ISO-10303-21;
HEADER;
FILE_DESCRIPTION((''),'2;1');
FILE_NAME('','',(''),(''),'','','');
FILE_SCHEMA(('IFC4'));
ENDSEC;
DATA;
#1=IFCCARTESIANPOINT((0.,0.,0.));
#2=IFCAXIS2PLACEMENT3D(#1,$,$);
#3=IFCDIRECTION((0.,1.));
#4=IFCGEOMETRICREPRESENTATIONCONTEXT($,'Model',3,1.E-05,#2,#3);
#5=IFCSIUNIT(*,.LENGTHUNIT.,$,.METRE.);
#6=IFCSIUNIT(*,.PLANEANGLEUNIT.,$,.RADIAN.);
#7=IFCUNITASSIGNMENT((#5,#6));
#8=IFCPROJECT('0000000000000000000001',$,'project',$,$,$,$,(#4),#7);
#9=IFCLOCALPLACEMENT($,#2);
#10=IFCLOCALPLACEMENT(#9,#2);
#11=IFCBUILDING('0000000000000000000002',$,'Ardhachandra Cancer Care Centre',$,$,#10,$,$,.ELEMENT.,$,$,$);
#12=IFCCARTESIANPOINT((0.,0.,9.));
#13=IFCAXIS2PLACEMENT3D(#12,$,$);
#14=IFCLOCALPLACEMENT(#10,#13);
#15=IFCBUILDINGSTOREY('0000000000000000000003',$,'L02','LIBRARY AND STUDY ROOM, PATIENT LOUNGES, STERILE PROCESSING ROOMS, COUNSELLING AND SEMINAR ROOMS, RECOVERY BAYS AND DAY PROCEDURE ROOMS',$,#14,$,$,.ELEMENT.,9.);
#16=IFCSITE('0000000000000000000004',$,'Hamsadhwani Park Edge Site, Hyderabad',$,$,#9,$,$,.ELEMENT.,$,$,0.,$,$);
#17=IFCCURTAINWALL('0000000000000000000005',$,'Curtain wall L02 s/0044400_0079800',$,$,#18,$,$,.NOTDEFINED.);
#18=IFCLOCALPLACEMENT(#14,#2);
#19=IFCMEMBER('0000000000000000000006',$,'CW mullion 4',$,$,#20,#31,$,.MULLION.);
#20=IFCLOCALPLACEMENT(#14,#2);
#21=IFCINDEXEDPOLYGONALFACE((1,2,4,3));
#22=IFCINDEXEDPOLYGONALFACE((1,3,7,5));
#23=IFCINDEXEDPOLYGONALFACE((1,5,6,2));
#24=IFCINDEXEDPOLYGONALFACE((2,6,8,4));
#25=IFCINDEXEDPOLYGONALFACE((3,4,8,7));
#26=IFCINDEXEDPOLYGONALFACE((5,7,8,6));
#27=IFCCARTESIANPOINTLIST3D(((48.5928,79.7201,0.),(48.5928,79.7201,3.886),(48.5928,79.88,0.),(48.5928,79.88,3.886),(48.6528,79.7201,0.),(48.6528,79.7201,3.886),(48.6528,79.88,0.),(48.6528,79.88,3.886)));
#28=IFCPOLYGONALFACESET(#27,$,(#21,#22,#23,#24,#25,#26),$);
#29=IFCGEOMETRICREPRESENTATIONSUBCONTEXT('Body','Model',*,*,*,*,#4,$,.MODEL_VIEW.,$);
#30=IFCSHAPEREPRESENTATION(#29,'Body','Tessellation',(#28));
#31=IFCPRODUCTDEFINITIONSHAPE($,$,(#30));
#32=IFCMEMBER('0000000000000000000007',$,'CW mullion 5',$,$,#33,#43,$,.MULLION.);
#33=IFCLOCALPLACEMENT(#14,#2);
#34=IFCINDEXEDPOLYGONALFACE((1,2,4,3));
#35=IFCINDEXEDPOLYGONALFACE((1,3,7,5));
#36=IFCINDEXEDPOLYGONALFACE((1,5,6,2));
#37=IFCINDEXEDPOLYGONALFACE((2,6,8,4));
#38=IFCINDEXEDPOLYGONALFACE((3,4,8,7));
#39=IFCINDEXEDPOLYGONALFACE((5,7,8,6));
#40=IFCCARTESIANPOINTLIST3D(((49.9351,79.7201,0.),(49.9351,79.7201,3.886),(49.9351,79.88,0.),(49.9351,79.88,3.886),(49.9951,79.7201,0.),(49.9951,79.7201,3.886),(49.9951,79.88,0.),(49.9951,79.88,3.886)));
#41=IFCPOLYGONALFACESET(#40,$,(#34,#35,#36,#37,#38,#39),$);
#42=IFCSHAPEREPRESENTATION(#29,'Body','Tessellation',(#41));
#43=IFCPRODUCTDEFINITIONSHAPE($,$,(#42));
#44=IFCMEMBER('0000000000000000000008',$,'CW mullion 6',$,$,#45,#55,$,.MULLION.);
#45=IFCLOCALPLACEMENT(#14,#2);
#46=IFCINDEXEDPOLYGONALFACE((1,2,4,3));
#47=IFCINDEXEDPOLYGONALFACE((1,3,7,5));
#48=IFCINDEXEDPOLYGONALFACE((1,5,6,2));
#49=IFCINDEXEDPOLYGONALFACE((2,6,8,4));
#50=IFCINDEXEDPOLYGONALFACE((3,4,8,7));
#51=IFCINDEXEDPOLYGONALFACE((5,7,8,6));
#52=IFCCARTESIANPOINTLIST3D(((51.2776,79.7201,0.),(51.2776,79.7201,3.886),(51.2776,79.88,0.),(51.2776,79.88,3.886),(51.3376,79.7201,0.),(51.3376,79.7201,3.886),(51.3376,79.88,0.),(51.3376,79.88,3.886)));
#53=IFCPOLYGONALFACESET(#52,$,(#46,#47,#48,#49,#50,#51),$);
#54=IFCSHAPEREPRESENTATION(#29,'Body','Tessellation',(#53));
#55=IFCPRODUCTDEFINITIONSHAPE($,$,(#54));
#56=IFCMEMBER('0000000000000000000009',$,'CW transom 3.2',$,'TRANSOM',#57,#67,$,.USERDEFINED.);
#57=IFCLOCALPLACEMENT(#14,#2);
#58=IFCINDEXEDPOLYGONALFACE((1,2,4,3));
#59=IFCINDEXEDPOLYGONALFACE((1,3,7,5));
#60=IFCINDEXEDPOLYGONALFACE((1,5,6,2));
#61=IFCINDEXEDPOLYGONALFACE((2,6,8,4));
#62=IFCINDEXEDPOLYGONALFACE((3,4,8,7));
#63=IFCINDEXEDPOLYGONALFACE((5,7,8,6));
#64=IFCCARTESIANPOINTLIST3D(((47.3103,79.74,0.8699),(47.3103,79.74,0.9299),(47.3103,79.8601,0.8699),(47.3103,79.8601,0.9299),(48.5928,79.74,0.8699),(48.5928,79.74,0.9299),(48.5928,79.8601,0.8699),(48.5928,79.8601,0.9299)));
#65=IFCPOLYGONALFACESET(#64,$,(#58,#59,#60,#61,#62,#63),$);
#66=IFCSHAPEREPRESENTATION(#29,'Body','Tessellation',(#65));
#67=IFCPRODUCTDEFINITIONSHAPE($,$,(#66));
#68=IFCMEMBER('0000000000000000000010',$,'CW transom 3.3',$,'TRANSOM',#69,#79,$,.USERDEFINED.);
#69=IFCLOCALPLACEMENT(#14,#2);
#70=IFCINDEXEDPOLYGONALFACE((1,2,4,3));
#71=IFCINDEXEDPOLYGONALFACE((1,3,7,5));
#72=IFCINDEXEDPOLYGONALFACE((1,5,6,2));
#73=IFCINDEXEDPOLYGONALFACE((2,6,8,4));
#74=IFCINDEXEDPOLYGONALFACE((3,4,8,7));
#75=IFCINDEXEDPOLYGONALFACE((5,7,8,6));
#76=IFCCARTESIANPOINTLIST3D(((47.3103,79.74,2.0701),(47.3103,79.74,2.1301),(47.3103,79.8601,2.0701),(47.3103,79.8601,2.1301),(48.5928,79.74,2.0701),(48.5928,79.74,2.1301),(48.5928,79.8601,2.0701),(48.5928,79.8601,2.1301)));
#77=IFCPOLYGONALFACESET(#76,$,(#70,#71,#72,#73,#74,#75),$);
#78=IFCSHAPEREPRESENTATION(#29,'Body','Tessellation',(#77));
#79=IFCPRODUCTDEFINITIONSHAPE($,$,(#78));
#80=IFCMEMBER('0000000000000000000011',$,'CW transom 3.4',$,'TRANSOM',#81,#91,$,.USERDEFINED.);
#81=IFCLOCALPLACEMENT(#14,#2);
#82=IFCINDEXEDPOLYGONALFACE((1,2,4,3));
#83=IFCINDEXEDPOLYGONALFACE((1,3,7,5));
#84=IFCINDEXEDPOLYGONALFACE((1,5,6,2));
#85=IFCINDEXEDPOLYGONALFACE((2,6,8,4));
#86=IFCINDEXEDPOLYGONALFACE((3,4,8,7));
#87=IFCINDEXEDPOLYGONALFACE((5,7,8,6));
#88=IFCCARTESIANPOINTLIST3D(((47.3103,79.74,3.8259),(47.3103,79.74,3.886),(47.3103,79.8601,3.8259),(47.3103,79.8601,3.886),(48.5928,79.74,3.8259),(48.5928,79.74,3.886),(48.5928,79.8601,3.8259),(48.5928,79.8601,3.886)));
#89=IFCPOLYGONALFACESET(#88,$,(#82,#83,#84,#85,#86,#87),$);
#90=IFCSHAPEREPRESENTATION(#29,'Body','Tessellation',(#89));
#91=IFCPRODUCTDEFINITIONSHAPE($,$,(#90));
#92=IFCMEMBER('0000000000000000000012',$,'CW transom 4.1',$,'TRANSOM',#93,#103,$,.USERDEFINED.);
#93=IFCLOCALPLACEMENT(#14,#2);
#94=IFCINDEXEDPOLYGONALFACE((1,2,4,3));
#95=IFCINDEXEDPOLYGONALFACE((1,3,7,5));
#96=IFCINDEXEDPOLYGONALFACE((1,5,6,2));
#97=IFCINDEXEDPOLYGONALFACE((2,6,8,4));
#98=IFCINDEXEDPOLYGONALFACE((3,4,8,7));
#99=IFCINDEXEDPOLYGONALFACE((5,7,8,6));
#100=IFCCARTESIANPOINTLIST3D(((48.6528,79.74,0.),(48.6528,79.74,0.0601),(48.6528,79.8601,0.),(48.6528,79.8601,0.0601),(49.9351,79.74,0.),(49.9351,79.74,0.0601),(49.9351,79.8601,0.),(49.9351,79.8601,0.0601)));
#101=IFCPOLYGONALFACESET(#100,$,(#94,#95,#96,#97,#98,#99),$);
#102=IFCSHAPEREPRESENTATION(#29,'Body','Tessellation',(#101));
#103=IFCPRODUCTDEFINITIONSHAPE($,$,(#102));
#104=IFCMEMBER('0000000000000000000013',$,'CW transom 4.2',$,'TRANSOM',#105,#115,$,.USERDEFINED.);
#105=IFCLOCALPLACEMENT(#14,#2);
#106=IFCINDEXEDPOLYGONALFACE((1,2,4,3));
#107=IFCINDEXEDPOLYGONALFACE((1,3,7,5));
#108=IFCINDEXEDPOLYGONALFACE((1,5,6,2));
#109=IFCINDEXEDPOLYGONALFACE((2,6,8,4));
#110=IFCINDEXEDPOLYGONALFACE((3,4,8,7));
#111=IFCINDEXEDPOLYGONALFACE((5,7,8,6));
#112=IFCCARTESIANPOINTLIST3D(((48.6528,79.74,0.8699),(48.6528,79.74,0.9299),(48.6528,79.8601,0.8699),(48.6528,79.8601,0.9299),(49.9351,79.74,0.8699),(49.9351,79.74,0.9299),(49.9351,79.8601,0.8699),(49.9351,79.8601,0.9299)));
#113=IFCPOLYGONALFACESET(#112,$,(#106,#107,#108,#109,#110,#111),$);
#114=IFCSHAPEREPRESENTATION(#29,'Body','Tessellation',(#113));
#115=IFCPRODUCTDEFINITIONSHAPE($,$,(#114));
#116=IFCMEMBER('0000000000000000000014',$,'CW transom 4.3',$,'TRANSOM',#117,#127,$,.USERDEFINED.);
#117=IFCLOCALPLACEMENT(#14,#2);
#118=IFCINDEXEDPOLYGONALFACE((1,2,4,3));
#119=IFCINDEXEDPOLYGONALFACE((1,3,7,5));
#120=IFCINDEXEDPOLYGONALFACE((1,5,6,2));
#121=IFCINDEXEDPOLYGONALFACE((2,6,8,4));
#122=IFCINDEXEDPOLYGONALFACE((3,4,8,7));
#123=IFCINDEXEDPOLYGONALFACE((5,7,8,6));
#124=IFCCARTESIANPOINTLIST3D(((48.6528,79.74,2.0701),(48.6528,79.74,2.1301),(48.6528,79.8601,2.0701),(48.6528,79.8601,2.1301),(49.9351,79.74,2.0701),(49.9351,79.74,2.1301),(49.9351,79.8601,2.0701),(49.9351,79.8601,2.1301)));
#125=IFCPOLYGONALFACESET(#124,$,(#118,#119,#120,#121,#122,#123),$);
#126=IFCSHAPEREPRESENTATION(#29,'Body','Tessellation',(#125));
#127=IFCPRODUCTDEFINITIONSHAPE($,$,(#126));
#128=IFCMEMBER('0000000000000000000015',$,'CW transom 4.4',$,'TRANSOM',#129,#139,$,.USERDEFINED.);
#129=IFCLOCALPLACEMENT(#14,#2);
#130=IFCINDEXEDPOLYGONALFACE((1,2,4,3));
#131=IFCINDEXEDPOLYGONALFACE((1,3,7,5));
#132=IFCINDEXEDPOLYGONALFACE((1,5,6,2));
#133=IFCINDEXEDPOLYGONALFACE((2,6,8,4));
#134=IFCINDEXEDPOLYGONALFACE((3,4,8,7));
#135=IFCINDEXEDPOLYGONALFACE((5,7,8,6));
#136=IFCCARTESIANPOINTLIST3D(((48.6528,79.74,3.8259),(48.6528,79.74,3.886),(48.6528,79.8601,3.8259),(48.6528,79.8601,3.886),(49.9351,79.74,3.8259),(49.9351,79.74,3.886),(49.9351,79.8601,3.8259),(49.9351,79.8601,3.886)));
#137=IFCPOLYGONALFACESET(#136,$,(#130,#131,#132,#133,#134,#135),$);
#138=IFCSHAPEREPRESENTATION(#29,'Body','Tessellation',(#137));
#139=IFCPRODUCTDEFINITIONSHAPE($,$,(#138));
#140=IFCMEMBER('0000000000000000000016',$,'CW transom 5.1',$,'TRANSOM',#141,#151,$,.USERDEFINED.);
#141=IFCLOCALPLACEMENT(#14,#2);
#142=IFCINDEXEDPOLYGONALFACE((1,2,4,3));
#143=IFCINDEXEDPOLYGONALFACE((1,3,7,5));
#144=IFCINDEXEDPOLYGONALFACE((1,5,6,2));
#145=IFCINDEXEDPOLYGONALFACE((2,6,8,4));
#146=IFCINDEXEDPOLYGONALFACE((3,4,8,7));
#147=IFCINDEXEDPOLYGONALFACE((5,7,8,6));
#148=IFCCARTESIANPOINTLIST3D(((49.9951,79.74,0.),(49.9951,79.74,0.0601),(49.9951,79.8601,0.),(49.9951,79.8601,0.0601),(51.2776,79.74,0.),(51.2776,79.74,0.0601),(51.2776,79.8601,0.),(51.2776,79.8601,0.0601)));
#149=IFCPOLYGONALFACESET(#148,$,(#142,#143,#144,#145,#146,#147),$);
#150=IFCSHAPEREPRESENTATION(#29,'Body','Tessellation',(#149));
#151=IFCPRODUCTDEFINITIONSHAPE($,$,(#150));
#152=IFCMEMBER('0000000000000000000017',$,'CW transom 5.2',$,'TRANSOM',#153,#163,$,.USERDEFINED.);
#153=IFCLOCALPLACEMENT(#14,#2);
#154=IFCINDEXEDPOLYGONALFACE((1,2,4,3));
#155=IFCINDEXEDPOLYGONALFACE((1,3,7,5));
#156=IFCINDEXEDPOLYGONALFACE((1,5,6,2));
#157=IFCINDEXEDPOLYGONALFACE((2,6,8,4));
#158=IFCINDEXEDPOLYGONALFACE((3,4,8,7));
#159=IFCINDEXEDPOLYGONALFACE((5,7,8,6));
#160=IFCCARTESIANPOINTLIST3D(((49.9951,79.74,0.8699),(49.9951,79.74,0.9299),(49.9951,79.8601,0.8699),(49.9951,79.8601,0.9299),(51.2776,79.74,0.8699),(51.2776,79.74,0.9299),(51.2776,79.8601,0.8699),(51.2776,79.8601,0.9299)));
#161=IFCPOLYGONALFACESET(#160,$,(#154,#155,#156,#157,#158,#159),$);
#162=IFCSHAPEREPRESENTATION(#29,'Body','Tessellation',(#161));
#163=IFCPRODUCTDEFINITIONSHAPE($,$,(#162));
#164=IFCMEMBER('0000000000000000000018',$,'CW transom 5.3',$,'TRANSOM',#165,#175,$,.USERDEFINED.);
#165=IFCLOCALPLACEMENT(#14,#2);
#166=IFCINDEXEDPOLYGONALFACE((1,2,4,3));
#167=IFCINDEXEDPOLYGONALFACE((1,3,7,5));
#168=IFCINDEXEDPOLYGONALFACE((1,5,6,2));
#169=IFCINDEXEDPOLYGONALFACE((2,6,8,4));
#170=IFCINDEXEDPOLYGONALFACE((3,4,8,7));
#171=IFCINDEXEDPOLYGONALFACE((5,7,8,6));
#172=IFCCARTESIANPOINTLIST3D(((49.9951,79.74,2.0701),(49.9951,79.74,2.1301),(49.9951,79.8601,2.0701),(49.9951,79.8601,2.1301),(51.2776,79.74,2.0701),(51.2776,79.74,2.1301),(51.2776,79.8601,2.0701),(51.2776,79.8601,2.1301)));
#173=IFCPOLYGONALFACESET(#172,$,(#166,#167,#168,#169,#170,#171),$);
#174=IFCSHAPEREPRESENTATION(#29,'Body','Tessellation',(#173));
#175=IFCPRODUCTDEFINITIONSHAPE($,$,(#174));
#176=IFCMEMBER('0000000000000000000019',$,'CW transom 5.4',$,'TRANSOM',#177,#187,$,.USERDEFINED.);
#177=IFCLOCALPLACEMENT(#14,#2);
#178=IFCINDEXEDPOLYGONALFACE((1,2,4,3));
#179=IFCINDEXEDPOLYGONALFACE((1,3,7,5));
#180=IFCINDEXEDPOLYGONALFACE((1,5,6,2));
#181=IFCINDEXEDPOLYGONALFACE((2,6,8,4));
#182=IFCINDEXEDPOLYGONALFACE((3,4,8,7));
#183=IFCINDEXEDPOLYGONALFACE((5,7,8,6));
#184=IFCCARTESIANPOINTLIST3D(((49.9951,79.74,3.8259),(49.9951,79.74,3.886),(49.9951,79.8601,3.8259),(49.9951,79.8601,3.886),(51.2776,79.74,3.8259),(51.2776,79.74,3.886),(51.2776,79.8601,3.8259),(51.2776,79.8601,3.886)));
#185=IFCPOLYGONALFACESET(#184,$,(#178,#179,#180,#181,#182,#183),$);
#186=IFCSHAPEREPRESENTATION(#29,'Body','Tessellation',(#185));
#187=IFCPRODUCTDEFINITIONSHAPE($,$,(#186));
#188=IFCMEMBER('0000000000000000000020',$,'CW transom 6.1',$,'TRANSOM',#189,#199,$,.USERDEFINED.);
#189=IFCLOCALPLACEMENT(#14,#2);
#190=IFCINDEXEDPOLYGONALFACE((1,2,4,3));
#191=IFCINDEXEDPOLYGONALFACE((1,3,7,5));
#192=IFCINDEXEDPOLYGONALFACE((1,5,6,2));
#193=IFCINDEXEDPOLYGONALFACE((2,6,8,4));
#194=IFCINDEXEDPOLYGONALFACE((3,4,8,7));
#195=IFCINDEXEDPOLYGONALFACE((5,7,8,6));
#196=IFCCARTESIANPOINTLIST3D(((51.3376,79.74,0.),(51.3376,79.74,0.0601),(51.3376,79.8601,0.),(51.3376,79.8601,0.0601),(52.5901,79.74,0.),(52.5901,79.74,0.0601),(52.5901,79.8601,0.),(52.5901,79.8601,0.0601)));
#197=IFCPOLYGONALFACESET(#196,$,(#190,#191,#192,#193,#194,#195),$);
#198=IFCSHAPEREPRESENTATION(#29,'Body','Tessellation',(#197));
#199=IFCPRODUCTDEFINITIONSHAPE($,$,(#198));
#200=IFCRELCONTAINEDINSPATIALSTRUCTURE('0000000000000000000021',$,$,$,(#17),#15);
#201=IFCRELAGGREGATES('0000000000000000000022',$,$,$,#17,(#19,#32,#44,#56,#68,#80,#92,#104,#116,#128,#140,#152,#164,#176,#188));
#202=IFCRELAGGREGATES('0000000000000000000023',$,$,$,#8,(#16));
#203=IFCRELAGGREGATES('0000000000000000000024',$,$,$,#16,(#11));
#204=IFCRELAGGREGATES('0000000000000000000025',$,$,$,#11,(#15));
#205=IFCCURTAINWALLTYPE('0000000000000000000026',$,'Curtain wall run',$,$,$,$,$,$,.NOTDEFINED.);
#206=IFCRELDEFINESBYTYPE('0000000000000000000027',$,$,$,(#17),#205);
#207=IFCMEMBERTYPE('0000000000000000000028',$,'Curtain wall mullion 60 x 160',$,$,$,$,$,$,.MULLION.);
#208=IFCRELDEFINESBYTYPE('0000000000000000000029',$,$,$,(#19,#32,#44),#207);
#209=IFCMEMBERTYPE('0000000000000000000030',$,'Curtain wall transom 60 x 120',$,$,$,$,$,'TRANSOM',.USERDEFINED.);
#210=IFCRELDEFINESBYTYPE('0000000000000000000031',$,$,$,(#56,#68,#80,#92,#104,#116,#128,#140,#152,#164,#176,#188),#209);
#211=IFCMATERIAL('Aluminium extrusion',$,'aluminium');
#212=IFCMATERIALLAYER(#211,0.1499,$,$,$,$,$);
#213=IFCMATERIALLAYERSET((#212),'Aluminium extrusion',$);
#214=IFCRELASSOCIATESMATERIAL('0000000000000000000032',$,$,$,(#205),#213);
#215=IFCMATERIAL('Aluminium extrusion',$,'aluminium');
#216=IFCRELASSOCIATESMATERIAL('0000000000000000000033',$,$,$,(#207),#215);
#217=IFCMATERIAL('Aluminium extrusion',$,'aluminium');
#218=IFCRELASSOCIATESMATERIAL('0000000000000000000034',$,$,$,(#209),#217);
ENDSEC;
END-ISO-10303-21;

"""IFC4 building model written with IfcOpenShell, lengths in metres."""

from ifc_helpers import new_model, si_unit, direction, frame, origin, origin_2d, place, context, subcontext, project, spatial, rectangle, extrude, material, layer, layer_set, material_profile, profile_set, type_object, element, aggregate, save


model = new_model("IFC4")

# Units and contexts
model_context = context("Model", 3, precision=1e-05, world=origin(), true_north=direction((0.0, 1.0)))
body_context = subcontext(model_context, "Body", "Model", "MODEL_VIEW")
ifc_project = project(units=[si_unit("LENGTHUNIT", "METRE"), si_unit("PLANEANGLEUNIT", "RADIAN")], contexts=[model_context])

# Site, building, storey
site_placement = place(None, origin())
site = spatial("IfcSite", under=ifc_project, at=site_placement, Name="Hamsadhwani Park Edge Site, Hyderabad", CompositionType="ELEMENT", RefElevation=0.0)
building_placement = place(site_placement, origin())
building = spatial("IfcBuilding", under=site, at=building_placement, Name="Ardhachandra Cancer Care Centre", CompositionType="ELEMENT")
storey_placement = place(building_placement, frame((0.0, 0.0, 9.0)))
storey = spatial("IfcBuildingStorey", under=building, at=storey_placement, Name="L02", Description="LIBRARY AND STUDY ROOM, PATIENT LOUNGES, STERILE PROCESSING ROOMS, COUNSELLING AND SEMINAR ROOMS, RECOVERY BAYS AND DAY PROCEDURE ROOMS", CompositionType="ELEMENT", Elevation=9.0)

# Curtain wall, members
ifc_material_1 = material(Name="Aluminium extrusion", Category="aluminium")
ifc_layer_1 = layer(ifc_material_1, 0.1499)
ifc_layer_set_1 = layer_set([ifc_layer_1], Name="Aluminium extrusion")
curtain_wall_type = type_object("IfcCurtainWallType", Name="Curtain wall run", PredefinedType="NOTDEFINED", material=ifc_layer_set_1)
curtain_wall_placement = place(storey_placement, origin())
curtain_wall = element("IfcCurtainWall", 1, at=curtain_wall_placement, inside=storey, type_object=curtain_wall_type, Name="Curtain wall L02 s/0044400_0079800", PredefinedType="NOTDEFINED")
ifc_material_2 = material(Name="Aluminium extrusion", Category="aluminium")
ifc_material_profile_1 = material_profile(ifc_material_2, rectangle(XDim=0.1599, YDim=0.0601, at=origin_2d()), Name="Curtain wall mullion 60 x 160")
ifc_profile_set_1 = profile_set([ifc_material_profile_1], Name="Aluminium extrusion")
member_type_1 = type_object("IfcMemberType", Name="Curtain wall mullion 60 x 160", PredefinedType="MULLION", material=ifc_profile_set_1)
member_1_placement = place(storey_placement, frame((48.6228, 79.8, 0.0), z_axis=(0.0, 0.0, 1.0), x_axis=(0.0, 1.0, 0.0)))
member_1 = element("IfcMember", 2, at=member_1_placement, type_object=member_type_1, Name="CW mullion 4", PredefinedType="MULLION", context=body_context, shape_type="SweptSolid", body=[
    extrude(rectangle(XDim=0.1599, YDim=0.0601, at=origin_2d()), origin(), (0.0, 0.0, 1.0), 3.886),
])
member_2_placement = place(storey_placement, frame((49.9651, 79.8, 0.0), z_axis=(0.0, 0.0, 1.0), x_axis=(0.0, 1.0, 0.0)))
member_2 = element("IfcMember", 3, at=member_2_placement, type_object=member_type_1, Name="CW mullion 5", PredefinedType="MULLION", context=body_context, shape_type="SweptSolid", body=[
    extrude(rectangle(XDim=0.1599, YDim=0.0601, at=origin_2d()), origin(), (0.0, 0.0, 1.0), 3.886),
])
member_3_placement = place(storey_placement, frame((51.3076, 79.8, 0.0), z_axis=(0.0, 0.0, 1.0), x_axis=(0.0, 1.0, 0.0)))
member_3 = element("IfcMember", 4, at=member_3_placement, type_object=member_type_1, Name="CW mullion 6", PredefinedType="MULLION", context=body_context, shape_type="SweptSolid", body=[
    extrude(rectangle(XDim=0.1599, YDim=0.0601, at=origin_2d()), origin(), (0.0, 0.0, 1.0), 3.886),
])
ifc_material_3 = material(Name="Aluminium extrusion", Category="aluminium")
ifc_material_profile_2 = material_profile(ifc_material_3, rectangle(XDim=0.1201, YDim=0.0601, at=origin_2d()), Name="Curtain wall transom 60 x 120")
ifc_profile_set_2 = profile_set([ifc_material_profile_2], Name="Aluminium extrusion")
member_type_2 = type_object("IfcMemberType", Name="Curtain wall transom 60 x 120", ElementType="TRANSOM", PredefinedType="USERDEFINED", material=ifc_profile_set_2)
member_4_placement = place(storey_placement, frame((47.3103, 79.8, 0.8999), z_axis=(1.0, 0.0, 0.0), x_axis=(0.0, 1.0, 0.0)))
member_4 = element("IfcMember", 5, at=member_4_placement, type_object=member_type_2, Name="CW transom 3.2", ObjectType="TRANSOM", PredefinedType="USERDEFINED", context=body_context, shape_type="SweptSolid", body=[
    extrude(rectangle(XDim=0.1201, YDim=0.0601, at=origin_2d()), origin(), (0.0, 0.0, 1.0), 1.2825),
])
member_5_placement = place(storey_placement, frame((47.3103, 79.8, 2.1001), z_axis=(1.0, 0.0, 0.0), x_axis=(0.0, 1.0, 0.0)))
member_5 = element("IfcMember", 6, at=member_5_placement, type_object=member_type_2, Name="CW transom 3.3", ObjectType="TRANSOM", PredefinedType="USERDEFINED", context=body_context, shape_type="SweptSolid", body=[
    extrude(rectangle(XDim=0.1201, YDim=0.0601, at=origin_2d()), origin(), (0.0, 0.0, 1.0), 1.2825),
])
member_6_placement = place(storey_placement, frame((47.3103, 79.8, 3.856), z_axis=(1.0, 0.0, 0.0), x_axis=(0.0, 1.0, 0.0)))
member_6 = element("IfcMember", 7, at=member_6_placement, type_object=member_type_2, Name="CW transom 3.4", ObjectType="TRANSOM", PredefinedType="USERDEFINED", context=body_context, shape_type="SweptSolid", body=[
    extrude(rectangle(XDim=0.1201, YDim=0.0601, at=origin_2d()), origin(), (0.0, 0.0, 1.0), 1.2825),
])
member_7_placement = place(storey_placement, frame((48.6528, 79.8, 0.03), z_axis=(1.0, 0.0, 0.0), x_axis=(0.0, 1.0, 0.0)))
member_7 = element("IfcMember", 8, at=member_7_placement, type_object=member_type_2, Name="CW transom 4.1", ObjectType="TRANSOM", PredefinedType="USERDEFINED", context=body_context, shape_type="SweptSolid", body=[
    extrude(rectangle(XDim=0.1201, YDim=0.0601, at=origin_2d()), origin(), (0.0, 0.0, 1.0), 1.2822),
])
member_8_placement = place(storey_placement, frame((48.6528, 79.8, 0.8999), z_axis=(1.0, 0.0, 0.0), x_axis=(0.0, 1.0, 0.0)))
member_8 = element("IfcMember", 9, at=member_8_placement, type_object=member_type_2, Name="CW transom 4.2", ObjectType="TRANSOM", PredefinedType="USERDEFINED", context=body_context, shape_type="SweptSolid", body=[
    extrude(rectangle(XDim=0.1201, YDim=0.0601, at=origin_2d()), origin(), (0.0, 0.0, 1.0), 1.2822),
])
member_9_placement = place(storey_placement, frame((48.6528, 79.8, 2.1001), z_axis=(1.0, 0.0, 0.0), x_axis=(0.0, 1.0, 0.0)))
member_9 = element("IfcMember", 10, at=member_9_placement, type_object=member_type_2, Name="CW transom 4.3", ObjectType="TRANSOM", PredefinedType="USERDEFINED", context=body_context, shape_type="SweptSolid", body=[
    extrude(rectangle(XDim=0.1201, YDim=0.0601, at=origin_2d()), origin(), (0.0, 0.0, 1.0), 1.2822),
])
member_10_placement = place(storey_placement, frame((48.6528, 79.8, 3.856), z_axis=(1.0, 0.0, 0.0), x_axis=(0.0, 1.0, 0.0)))
member_10 = element("IfcMember", 11, at=member_10_placement, type_object=member_type_2, Name="CW transom 4.4", ObjectType="TRANSOM", PredefinedType="USERDEFINED", context=body_context, shape_type="SweptSolid", body=[
    extrude(rectangle(XDim=0.1201, YDim=0.0601, at=origin_2d()), origin(), (0.0, 0.0, 1.0), 1.2822),
])
member_11_placement = place(storey_placement, frame((49.9951, 79.8, 0.03), z_axis=(1.0, 0.0, 0.0), x_axis=(0.0, 1.0, 0.0)))
member_11 = element("IfcMember", 12, at=member_11_placement, type_object=member_type_2, Name="CW transom 5.1", ObjectType="TRANSOM", PredefinedType="USERDEFINED", context=body_context, shape_type="SweptSolid", body=[
    extrude(rectangle(XDim=0.1201, YDim=0.0601, at=origin_2d()), origin(), (0.0, 0.0, 1.0), 1.2825),
])
member_12_placement = place(storey_placement, frame((49.9951, 79.8, 0.8999), z_axis=(1.0, 0.0, 0.0), x_axis=(0.0, 1.0, 0.0)))
member_12 = element("IfcMember", 13, at=member_12_placement, type_object=member_type_2, Name="CW transom 5.2", ObjectType="TRANSOM", PredefinedType="USERDEFINED", context=body_context, shape_type="SweptSolid", body=[
    extrude(rectangle(XDim=0.1201, YDim=0.0601, at=origin_2d()), origin(), (0.0, 0.0, 1.0), 1.2825),
])
member_13_placement = place(storey_placement, frame((49.9951, 79.8, 2.1001), z_axis=(1.0, 0.0, 0.0), x_axis=(0.0, 1.0, 0.0)))
member_13 = element("IfcMember", 14, at=member_13_placement, type_object=member_type_2, Name="CW transom 5.3", ObjectType="TRANSOM", PredefinedType="USERDEFINED", context=body_context, shape_type="SweptSolid", body=[
    extrude(rectangle(XDim=0.1201, YDim=0.0601, at=origin_2d()), origin(), (0.0, 0.0, 1.0), 1.2825),
])
member_14_placement = place(storey_placement, frame((49.9951, 79.8, 3.856), z_axis=(1.0, 0.0, 0.0), x_axis=(0.0, 1.0, 0.0)))
member_14 = element("IfcMember", 15, at=member_14_placement, type_object=member_type_2, Name="CW transom 5.4", ObjectType="TRANSOM", PredefinedType="USERDEFINED", context=body_context, shape_type="SweptSolid", body=[
    extrude(rectangle(XDim=0.1201, YDim=0.0601, at=origin_2d()), origin(), (0.0, 0.0, 1.0), 1.2825),
])
member_15_placement = place(storey_placement, frame((51.3376, 79.8, 0.03), z_axis=(1.0, 0.0, 0.0), x_axis=(0.0, 1.0, 0.0)))
member_15 = element("IfcMember", 16, at=member_15_placement, type_object=member_type_2, Name="CW transom 6.1", ObjectType="TRANSOM", PredefinedType="USERDEFINED", context=body_context, shape_type="SweptSolid", body=[
    extrude(rectangle(XDim=0.1201, YDim=0.0601, at=origin_2d()), origin(), (0.0, 0.0, 1.0), 1.2524),
])

aggregate(curtain_wall, [member_1, member_2, member_3, member_4, member_5, member_6, member_7, member_8, member_9, member_10, member_11, member_12, member_13, member_14, member_15])

save(model, "model.ifc")
